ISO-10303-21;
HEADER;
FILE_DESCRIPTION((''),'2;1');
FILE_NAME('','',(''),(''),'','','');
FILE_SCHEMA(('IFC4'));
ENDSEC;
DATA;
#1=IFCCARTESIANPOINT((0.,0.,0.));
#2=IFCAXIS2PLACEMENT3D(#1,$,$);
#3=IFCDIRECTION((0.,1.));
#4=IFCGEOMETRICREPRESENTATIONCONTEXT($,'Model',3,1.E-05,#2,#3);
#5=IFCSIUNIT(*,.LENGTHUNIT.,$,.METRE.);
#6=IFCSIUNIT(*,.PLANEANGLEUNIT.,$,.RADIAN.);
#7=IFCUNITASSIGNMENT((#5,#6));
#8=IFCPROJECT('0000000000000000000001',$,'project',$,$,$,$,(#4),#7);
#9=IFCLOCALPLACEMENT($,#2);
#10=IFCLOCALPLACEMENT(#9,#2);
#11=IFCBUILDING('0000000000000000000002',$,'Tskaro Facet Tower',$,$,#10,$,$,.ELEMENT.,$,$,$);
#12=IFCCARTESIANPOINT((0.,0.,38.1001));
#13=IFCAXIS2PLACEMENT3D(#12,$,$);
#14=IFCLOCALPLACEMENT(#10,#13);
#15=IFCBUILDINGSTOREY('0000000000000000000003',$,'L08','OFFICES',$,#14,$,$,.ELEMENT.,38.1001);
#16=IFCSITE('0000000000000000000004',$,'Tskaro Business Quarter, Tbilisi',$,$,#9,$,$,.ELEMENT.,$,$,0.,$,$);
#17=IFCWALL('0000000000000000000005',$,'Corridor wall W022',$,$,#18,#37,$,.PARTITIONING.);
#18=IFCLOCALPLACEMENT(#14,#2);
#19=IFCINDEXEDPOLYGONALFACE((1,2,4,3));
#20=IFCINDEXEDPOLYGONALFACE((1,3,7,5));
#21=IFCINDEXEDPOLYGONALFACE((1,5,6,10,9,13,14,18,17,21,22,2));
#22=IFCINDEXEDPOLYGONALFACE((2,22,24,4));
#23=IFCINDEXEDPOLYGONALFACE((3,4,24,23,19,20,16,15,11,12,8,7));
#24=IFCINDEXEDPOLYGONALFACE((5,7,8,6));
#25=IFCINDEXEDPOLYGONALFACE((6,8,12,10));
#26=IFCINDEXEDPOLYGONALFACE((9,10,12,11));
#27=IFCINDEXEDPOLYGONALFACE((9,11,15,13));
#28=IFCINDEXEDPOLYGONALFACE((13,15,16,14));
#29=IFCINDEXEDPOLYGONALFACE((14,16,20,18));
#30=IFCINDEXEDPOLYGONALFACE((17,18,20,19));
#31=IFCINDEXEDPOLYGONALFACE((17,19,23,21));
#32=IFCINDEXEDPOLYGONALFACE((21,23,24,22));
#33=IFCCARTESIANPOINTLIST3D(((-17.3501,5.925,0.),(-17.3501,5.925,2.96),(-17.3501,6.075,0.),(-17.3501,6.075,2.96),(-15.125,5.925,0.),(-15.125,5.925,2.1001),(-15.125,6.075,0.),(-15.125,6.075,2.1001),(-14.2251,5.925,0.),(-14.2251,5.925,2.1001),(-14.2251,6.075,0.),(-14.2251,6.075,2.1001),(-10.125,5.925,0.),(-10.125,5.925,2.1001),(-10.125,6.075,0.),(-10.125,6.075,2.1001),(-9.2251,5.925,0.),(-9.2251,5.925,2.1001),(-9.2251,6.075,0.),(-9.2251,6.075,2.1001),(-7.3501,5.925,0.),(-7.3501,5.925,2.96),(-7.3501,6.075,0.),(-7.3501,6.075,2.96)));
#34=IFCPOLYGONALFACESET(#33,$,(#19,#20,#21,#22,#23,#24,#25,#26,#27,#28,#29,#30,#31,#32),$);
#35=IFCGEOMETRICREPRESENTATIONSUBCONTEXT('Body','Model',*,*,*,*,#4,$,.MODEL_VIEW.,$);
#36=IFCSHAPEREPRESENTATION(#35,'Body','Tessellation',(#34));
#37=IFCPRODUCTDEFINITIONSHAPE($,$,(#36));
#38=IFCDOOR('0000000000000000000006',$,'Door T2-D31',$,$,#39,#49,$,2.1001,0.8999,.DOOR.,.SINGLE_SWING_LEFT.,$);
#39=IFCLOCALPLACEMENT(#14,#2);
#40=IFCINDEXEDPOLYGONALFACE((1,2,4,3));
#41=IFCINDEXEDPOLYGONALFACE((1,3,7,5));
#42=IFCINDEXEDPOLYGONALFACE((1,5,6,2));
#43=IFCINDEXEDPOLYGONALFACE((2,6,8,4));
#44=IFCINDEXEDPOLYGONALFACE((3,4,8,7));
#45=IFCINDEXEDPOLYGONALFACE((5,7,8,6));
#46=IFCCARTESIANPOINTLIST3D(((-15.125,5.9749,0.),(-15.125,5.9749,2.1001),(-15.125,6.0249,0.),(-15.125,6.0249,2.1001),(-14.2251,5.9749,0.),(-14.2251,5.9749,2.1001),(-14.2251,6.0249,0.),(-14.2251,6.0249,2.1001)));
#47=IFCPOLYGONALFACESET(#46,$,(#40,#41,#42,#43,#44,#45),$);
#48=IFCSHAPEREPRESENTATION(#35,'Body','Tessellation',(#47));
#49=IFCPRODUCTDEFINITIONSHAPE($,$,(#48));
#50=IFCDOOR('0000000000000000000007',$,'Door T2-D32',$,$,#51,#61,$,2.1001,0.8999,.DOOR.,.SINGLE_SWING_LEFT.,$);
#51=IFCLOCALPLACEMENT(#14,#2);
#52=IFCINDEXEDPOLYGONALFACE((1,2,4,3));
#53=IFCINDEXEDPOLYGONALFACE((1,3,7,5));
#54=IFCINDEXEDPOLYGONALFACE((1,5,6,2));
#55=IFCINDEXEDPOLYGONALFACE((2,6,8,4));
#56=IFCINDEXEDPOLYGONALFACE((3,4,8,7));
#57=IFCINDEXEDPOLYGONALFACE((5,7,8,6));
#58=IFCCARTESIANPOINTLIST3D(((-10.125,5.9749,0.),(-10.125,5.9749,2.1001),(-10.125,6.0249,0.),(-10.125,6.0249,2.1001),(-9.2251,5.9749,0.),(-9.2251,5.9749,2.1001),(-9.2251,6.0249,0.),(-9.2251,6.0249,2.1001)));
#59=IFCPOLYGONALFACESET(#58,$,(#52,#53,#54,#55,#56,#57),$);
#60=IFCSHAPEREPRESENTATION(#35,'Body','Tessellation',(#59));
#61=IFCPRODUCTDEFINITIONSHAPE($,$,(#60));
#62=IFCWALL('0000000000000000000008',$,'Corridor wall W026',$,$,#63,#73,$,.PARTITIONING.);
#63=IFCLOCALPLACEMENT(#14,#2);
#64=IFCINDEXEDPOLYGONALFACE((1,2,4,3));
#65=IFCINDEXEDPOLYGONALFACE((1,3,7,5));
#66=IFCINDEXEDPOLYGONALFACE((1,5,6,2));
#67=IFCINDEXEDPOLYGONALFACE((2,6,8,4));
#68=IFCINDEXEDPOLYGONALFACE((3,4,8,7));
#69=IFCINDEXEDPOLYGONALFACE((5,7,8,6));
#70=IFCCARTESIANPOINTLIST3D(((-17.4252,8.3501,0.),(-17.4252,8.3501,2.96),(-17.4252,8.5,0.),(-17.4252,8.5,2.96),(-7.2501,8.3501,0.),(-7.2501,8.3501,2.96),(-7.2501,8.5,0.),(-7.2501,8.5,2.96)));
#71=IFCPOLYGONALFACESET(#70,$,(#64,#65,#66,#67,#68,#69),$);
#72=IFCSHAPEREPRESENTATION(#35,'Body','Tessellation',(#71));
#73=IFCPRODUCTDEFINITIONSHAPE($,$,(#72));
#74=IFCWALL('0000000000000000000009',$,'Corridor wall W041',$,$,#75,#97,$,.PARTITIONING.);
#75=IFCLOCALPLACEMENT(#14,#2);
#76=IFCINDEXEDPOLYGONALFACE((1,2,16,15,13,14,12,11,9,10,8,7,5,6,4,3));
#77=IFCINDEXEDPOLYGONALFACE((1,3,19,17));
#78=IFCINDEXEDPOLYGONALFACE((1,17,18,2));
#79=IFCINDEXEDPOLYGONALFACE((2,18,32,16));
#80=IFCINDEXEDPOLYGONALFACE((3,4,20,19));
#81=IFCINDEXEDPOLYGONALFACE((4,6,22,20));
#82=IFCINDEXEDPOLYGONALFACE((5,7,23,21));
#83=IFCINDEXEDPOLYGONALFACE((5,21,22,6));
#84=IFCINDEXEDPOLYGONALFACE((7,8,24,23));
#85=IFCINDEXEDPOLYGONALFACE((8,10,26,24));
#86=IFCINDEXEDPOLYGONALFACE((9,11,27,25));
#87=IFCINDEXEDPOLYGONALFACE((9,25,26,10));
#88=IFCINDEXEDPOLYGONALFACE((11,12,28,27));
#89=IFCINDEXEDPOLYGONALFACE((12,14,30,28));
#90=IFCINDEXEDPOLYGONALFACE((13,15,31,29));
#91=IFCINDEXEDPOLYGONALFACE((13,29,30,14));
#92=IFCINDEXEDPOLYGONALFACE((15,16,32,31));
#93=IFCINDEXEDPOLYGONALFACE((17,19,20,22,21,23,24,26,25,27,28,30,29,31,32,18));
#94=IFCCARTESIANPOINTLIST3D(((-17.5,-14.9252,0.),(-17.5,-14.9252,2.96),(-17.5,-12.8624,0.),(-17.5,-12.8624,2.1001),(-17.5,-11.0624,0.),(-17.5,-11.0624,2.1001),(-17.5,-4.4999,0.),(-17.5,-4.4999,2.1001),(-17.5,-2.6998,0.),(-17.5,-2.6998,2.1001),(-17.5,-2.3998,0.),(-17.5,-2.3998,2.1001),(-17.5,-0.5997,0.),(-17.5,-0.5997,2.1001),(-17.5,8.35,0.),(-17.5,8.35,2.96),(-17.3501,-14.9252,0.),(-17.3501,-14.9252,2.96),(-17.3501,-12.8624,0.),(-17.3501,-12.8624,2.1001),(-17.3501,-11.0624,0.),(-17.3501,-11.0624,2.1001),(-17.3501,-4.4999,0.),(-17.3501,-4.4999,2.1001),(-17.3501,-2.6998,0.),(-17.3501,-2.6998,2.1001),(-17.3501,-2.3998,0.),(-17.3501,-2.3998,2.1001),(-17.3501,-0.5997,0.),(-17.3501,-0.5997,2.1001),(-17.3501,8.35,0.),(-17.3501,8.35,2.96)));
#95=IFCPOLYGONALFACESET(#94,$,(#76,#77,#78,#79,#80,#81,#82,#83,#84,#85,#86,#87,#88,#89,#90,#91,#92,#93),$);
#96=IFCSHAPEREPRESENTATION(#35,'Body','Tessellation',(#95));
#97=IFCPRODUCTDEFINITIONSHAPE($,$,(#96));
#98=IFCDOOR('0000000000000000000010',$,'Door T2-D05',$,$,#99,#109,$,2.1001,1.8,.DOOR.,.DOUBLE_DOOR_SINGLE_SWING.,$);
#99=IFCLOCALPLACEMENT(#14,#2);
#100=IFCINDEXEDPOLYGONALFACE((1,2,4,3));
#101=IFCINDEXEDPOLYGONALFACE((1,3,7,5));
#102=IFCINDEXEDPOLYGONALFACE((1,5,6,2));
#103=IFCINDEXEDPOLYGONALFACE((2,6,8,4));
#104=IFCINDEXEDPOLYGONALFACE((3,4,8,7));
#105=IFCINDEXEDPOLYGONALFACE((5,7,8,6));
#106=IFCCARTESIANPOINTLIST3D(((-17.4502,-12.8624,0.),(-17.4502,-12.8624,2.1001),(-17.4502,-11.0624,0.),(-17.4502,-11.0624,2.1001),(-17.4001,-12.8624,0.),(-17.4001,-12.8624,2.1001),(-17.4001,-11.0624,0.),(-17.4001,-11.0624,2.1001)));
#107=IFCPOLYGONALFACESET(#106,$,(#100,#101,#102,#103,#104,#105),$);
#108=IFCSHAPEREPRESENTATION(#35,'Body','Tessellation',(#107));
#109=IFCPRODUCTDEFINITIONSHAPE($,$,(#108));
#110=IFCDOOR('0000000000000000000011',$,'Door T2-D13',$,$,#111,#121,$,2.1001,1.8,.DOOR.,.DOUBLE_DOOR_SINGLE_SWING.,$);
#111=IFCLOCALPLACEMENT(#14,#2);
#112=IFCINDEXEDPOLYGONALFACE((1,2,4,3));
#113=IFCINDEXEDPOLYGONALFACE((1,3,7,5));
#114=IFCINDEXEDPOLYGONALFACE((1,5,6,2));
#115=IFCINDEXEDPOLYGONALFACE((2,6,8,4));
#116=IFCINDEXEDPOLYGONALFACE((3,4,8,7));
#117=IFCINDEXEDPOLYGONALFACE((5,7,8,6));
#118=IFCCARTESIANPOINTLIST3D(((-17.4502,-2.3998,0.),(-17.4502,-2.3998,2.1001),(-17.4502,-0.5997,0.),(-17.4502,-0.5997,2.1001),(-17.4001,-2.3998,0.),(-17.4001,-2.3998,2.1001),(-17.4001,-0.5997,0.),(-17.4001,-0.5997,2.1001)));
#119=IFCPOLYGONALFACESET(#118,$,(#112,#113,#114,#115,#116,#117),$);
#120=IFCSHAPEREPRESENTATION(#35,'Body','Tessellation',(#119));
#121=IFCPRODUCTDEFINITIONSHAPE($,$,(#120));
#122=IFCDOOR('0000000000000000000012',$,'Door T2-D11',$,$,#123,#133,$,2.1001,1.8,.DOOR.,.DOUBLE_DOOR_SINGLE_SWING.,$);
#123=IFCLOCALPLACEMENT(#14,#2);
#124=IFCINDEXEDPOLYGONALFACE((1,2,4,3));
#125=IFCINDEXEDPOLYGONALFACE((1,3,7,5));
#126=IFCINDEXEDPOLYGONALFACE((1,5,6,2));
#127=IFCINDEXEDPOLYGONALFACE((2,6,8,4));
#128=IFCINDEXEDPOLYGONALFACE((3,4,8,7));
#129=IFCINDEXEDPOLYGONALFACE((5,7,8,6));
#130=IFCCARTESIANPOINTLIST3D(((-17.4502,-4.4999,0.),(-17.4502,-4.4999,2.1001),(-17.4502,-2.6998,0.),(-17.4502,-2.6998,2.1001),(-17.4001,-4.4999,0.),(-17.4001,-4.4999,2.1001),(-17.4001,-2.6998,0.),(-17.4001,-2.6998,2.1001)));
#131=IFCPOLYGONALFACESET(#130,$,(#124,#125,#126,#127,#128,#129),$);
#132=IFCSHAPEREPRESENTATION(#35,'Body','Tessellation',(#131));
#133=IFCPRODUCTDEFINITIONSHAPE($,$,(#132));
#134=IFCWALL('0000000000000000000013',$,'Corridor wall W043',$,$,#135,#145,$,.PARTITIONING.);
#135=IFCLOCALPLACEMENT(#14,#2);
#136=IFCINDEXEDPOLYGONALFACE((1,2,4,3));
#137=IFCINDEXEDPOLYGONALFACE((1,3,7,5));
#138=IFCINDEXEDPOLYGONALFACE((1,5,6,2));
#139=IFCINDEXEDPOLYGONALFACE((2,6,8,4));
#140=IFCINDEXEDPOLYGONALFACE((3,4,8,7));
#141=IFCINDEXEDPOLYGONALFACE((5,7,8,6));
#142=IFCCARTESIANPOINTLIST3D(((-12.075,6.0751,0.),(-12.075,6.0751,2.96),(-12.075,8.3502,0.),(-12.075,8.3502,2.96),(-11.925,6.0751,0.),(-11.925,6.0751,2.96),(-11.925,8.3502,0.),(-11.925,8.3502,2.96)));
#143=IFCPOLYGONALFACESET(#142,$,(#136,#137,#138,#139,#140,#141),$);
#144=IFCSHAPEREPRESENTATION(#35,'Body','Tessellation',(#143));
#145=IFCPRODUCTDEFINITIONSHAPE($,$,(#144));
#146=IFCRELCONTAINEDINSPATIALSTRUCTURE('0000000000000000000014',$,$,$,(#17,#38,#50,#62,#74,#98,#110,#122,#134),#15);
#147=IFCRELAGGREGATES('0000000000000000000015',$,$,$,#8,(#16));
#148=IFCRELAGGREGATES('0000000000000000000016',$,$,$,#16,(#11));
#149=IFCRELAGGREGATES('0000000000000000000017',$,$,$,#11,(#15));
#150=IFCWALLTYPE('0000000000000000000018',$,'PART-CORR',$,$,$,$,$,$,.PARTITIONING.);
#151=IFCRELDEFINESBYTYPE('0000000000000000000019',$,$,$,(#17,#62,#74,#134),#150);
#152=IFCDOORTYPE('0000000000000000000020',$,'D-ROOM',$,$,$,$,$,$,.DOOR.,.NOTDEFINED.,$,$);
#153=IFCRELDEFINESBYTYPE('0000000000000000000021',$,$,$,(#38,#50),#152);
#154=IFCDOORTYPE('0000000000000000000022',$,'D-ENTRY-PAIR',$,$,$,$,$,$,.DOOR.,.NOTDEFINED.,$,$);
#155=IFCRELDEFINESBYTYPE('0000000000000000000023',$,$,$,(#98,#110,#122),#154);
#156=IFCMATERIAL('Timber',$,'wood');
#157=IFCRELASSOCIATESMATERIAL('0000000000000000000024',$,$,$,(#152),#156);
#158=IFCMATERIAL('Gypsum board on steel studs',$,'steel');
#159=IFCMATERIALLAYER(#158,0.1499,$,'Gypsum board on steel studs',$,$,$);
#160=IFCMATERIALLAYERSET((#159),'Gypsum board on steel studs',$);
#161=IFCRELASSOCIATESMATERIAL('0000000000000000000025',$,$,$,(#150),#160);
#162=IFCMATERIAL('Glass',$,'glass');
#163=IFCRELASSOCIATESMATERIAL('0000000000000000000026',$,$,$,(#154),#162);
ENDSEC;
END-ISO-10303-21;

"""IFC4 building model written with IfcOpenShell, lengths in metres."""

from ifc_helpers import new_model, si_unit, direction, frame, frame_2d, origin, place, context, subcontext, project, spatial, rectangle, extrude, material, layer, layer_set, type_object, element, fill, save


model = new_model("IFC4")

# Units and contexts
model_context = context("Model", 3, precision=1e-05, world=origin(), true_north=direction((0.0, 1.0)))
body_context = subcontext(model_context, "Body", "Model", "MODEL_VIEW")
ifc_project = project(units=[si_unit("LENGTHUNIT", "METRE"), si_unit("PLANEANGLEUNIT", "RADIAN")], contexts=[model_context])

# Site, building, storey
site_placement = place(None, origin())
site = spatial("IfcSite", under=ifc_project, at=site_placement, Name="Tskaro Business Quarter, Tbilisi", CompositionType="ELEMENT", RefElevation=0.0)
building_placement = place(site_placement, origin())
building = spatial("IfcBuilding", under=site, at=building_placement, Name="Tskaro Facet Tower", CompositionType="ELEMENT")
storey_placement = place(building_placement, frame((0.0, 0.0, 38.1001)))
storey = spatial("IfcBuildingStorey", under=building, at=storey_placement, Name="L08", Description="OFFICES", CompositionType="ELEMENT", Elevation=38.1001)

# Shared definitions
ifc_material_1 = material(Name="Timber", Category="wood")
door_type_1 = type_object("IfcDoorType", Name="D-ROOM", OperationType="NOTDEFINED", PredefinedType="DOOR", material=ifc_material_1)

# Shared definitions
ifc_material_2 = material(Name="Gypsum board on steel studs", Category="steel")

# Wall, openings, doors
ifc_layer_1 = layer(ifc_material_2, 0.1499, Name="Gypsum board on steel studs")
ifc_layer_set_1 = layer_set([ifc_layer_1], Name="Gypsum board on steel studs")
wall_type_1 = type_object("IfcWallType", Name="PART-CORR", PredefinedType="PARTITIONING", material=ifc_layer_set_1)
wall_1_placement = place(storey_placement, frame((-17.3501, 6.0, 0.0), z_axis=(0.0, 0.0, 1.0), x_axis=(1.0, 0.0, 0.0)))
wall_1 = element("IfcWall", 1, at=wall_1_placement, inside=storey, type_object=wall_type_1, Name="Corridor wall W022", PredefinedType="PARTITIONING", context=body_context, shape_type="SweptSolid", body=[
    extrude(rectangle(XDim=10.0, YDim=0.1499, at=frame_2d((5.0, 0.0))), origin(), (0.0, 0.0, 1.0), 2.96),
])
opening_1_placement = place(wall_1_placement, frame((2.2251, 0.0, 0.0)))
opening_1 = element("IfcOpeningElement", 2, at=opening_1_placement, cuts=wall_1, PredefinedType="OPENING", context=body_context, shape_type="SweptSolid", body=[
    extrude(rectangle(XDim=0.8999, YDim=2.1001, at=frame_2d((0.45, 1.05))), frame((0.0, 0.085, 0.0), z_axis=(0.0, -1.0, 0.0), x_axis=(1.0, 0.0, 0.0)), (0.0, 0.0, 1.0), 0.1699),
])
opening_2_placement = place(wall_1_placement, frame((7.2251, 0.0, 0.0)))
opening_2 = element("IfcOpeningElement", 3, at=opening_2_placement, cuts=wall_1, PredefinedType="OPENING", context=body_context, shape_type="SweptSolid", body=[
    extrude(rectangle(XDim=0.8999, YDim=2.1001, at=frame_2d((0.45, 1.05))), frame((0.0, 0.085, 0.0), z_axis=(0.0, -1.0, 0.0), x_axis=(1.0, 0.0, 0.0)), (0.0, 0.0, 1.0), 0.1699),
])
door_1_placement = place(opening_1_placement, origin())
door_1 = element("IfcDoor", 4, at=door_1_placement, inside=storey, type_object=door_type_1, Name="Door T2-D31", OperationType="SINGLE_SWING_LEFT", OverallHeight=2.1001, OverallWidth=0.8999, PredefinedType="DOOR", context=body_context, shape_type="SweptSolid", body=[
    extrude(rectangle(XDim=0.8999, YDim=2.1001, at=frame_2d((0.45, 1.05))), frame((0.0, 0.0249, 0.0), z_axis=(0.0, -1.0, 0.0), x_axis=(1.0, 0.0, 0.0)), (0.0, 0.0, 1.0), 0.05),
])
fill(opening_1, door_1)
door_2_placement = place(opening_2_placement, origin())
door_2 = element("IfcDoor", 5, at=door_2_placement, inside=storey, type_object=door_type_1, Name="Door T2-D32", OperationType="SINGLE_SWING_LEFT", OverallHeight=2.1001, OverallWidth=0.8999, PredefinedType="DOOR", context=body_context, shape_type="SweptSolid", body=[
    extrude(rectangle(XDim=0.8999, YDim=2.1001, at=frame_2d((0.45, 1.05))), frame((0.0, 0.0249, 0.0), z_axis=(0.0, -1.0, 0.0), x_axis=(1.0, 0.0, 0.0)), (0.0, 0.0, 1.0), 0.05),
])
fill(opening_2, door_2)

# Wall
wall_2_placement = place(storey_placement, frame((-17.425, 8.425, 0.0), z_axis=(0.0, 0.0, 1.0), x_axis=(1.0, 0.0, 0.0)))
element("IfcWall", 6, at=wall_2_placement, inside=storey, type_object=wall_type_1, Name="Corridor wall W026", PredefinedType="PARTITIONING", context=body_context, shape_type="SweptSolid", body=[
    extrude(rectangle(XDim=10.175, YDim=0.1499, at=frame_2d((5.0874, 0.0))), origin(), (0.0, 0.0, 1.0), 2.96),
])

# Wall, openings, doors
wall_3_placement = place(storey_placement, frame((-17.425, 8.3501, 0.0), z_axis=(0.0, 0.0, 1.0), x_axis=(0.0, -1.0, 0.0)))
wall_3 = element("IfcWall", 7, at=wall_3_placement, inside=storey, type_object=wall_type_1, Name="Corridor wall W041", PredefinedType="PARTITIONING", context=body_context, shape_type="SweptSolid", body=[
    extrude(rectangle(XDim=23.2751, YDim=0.1499, at=frame_2d((11.6377, 0.0))), origin(), (0.0, 0.0, 1.0), 2.96),
])
opening_3_placement = place(wall_3_placement, frame((19.4126, 0.0, 0.0)))
opening_3 = element("IfcOpeningElement", 8, at=opening_3_placement, cuts=wall_3, PredefinedType="OPENING", context=body_context, shape_type="SweptSolid", body=[
    extrude(rectangle(XDim=1.8, YDim=2.1001, at=frame_2d((0.8999, 1.05))), frame((0.0, 0.085, 0.0), z_axis=(0.0, -1.0, 0.0), x_axis=(1.0, 0.0, 0.0)), (0.0, 0.0, 1.0), 0.1699),
])
opening_4_placement = place(wall_3_placement, frame((8.95, 0.0, 0.0)))
opening_4 = element("IfcOpeningElement", 9, at=opening_4_placement, cuts=wall_3, PredefinedType="OPENING", context=body_context, shape_type="SweptSolid", body=[
    extrude(rectangle(XDim=1.8, YDim=2.1001, at=frame_2d((0.8999, 1.05))), frame((0.0, 0.085, 0.0), z_axis=(0.0, -1.0, 0.0), x_axis=(1.0, 0.0, 0.0)), (0.0, 0.0, 1.0), 0.1699),
])
opening_5_placement = place(wall_3_placement, frame((11.05, 0.0, 0.0)))
opening_5 = element("IfcOpeningElement", 10, at=opening_5_placement, cuts=wall_3, PredefinedType="OPENING", context=body_context, shape_type="SweptSolid", body=[
    extrude(rectangle(XDim=1.8, YDim=2.1001, at=frame_2d((0.8999, 1.05))), frame((0.0, 0.085, 0.0), z_axis=(0.0, -1.0, 0.0), x_axis=(1.0, 0.0, 0.0)), (0.0, 0.0, 1.0), 0.1699),
])
ifc_material_3 = material(Name="Glass", Category="glass")
door_type_2 = type_object("IfcDoorType", Name="D-ENTRY-PAIR", OperationType="NOTDEFINED", PredefinedType="DOOR", material=ifc_material_3)
door_3_placement = place(opening_3_placement, origin())
door_3 = element("IfcDoor", 11, at=door_3_placement, inside=storey, type_object=door_type_2, Name="Door T2-D05", OperationType="DOUBLE_DOOR_SINGLE_SWING", OverallHeight=2.1001, OverallWidth=1.8, PredefinedType="DOOR", context=body_context, shape_type="SweptSolid", body=[
    extrude(rectangle(XDim=1.8, YDim=2.1001, at=frame_2d((0.8999, 1.05))), frame((0.0, 0.0249, 0.0), z_axis=(0.0, -1.0, 0.0), x_axis=(1.0, 0.0, 0.0)), (0.0, 0.0, 1.0), 0.05),
])
fill(opening_3, door_3)
door_4_placement = place(opening_4_placement, origin())
door_4 = element("IfcDoor", 12, at=door_4_placement, inside=storey, type_object=door_type_2, Name="Door T2-D13", OperationType="DOUBLE_DOOR_SINGLE_SWING", OverallHeight=2.1001, OverallWidth=1.8, PredefinedType="DOOR", context=body_context, shape_type="SweptSolid", body=[
    extrude(rectangle(XDim=1.8, YDim=2.1001, at=frame_2d((0.8999, 1.05))), frame((0.0, 0.0249, 0.0), z_axis=(0.0, -1.0, 0.0), x_axis=(1.0, 0.0, 0.0)), (0.0, 0.0, 1.0), 0.05),
])
fill(opening_4, door_4)
door_5_placement = place(opening_5_placement, origin())
door_5 = element("IfcDoor", 13, at=door_5_placement, inside=storey, type_object=door_type_2, Name="Door T2-D11", OperationType="DOUBLE_DOOR_SINGLE_SWING", OverallHeight=2.1001, OverallWidth=1.8, PredefinedType="DOOR", context=body_context, shape_type="SweptSolid", body=[
    extrude(rectangle(XDim=1.8, YDim=2.1001, at=frame_2d((0.8999, 1.05))), frame((0.0, 0.0249, 0.0), z_axis=(0.0, -1.0, 0.0), x_axis=(1.0, 0.0, 0.0)), (0.0, 0.0, 1.0), 0.05),
])
fill(opening_5, door_5)

# Wall
wall_4_placement = place(storey_placement, frame((-12.0, 6.075, 0.0), z_axis=(0.0, 0.0, 1.0), x_axis=(0.0, 1.0, 0.0)))
element("IfcWall", 14, at=wall_4_placement, inside=storey, type_object=wall_type_1, Name="Corridor wall W043", PredefinedType="PARTITIONING", context=body_context, shape_type="SweptSolid", body=[
    extrude(rectangle(XDim=2.2751, YDim=0.1499, at=frame_2d((1.1377, 0.0))), origin(), (0.0, 0.0, 1.0), 2.96),
])

save(model, "model.ifc")
